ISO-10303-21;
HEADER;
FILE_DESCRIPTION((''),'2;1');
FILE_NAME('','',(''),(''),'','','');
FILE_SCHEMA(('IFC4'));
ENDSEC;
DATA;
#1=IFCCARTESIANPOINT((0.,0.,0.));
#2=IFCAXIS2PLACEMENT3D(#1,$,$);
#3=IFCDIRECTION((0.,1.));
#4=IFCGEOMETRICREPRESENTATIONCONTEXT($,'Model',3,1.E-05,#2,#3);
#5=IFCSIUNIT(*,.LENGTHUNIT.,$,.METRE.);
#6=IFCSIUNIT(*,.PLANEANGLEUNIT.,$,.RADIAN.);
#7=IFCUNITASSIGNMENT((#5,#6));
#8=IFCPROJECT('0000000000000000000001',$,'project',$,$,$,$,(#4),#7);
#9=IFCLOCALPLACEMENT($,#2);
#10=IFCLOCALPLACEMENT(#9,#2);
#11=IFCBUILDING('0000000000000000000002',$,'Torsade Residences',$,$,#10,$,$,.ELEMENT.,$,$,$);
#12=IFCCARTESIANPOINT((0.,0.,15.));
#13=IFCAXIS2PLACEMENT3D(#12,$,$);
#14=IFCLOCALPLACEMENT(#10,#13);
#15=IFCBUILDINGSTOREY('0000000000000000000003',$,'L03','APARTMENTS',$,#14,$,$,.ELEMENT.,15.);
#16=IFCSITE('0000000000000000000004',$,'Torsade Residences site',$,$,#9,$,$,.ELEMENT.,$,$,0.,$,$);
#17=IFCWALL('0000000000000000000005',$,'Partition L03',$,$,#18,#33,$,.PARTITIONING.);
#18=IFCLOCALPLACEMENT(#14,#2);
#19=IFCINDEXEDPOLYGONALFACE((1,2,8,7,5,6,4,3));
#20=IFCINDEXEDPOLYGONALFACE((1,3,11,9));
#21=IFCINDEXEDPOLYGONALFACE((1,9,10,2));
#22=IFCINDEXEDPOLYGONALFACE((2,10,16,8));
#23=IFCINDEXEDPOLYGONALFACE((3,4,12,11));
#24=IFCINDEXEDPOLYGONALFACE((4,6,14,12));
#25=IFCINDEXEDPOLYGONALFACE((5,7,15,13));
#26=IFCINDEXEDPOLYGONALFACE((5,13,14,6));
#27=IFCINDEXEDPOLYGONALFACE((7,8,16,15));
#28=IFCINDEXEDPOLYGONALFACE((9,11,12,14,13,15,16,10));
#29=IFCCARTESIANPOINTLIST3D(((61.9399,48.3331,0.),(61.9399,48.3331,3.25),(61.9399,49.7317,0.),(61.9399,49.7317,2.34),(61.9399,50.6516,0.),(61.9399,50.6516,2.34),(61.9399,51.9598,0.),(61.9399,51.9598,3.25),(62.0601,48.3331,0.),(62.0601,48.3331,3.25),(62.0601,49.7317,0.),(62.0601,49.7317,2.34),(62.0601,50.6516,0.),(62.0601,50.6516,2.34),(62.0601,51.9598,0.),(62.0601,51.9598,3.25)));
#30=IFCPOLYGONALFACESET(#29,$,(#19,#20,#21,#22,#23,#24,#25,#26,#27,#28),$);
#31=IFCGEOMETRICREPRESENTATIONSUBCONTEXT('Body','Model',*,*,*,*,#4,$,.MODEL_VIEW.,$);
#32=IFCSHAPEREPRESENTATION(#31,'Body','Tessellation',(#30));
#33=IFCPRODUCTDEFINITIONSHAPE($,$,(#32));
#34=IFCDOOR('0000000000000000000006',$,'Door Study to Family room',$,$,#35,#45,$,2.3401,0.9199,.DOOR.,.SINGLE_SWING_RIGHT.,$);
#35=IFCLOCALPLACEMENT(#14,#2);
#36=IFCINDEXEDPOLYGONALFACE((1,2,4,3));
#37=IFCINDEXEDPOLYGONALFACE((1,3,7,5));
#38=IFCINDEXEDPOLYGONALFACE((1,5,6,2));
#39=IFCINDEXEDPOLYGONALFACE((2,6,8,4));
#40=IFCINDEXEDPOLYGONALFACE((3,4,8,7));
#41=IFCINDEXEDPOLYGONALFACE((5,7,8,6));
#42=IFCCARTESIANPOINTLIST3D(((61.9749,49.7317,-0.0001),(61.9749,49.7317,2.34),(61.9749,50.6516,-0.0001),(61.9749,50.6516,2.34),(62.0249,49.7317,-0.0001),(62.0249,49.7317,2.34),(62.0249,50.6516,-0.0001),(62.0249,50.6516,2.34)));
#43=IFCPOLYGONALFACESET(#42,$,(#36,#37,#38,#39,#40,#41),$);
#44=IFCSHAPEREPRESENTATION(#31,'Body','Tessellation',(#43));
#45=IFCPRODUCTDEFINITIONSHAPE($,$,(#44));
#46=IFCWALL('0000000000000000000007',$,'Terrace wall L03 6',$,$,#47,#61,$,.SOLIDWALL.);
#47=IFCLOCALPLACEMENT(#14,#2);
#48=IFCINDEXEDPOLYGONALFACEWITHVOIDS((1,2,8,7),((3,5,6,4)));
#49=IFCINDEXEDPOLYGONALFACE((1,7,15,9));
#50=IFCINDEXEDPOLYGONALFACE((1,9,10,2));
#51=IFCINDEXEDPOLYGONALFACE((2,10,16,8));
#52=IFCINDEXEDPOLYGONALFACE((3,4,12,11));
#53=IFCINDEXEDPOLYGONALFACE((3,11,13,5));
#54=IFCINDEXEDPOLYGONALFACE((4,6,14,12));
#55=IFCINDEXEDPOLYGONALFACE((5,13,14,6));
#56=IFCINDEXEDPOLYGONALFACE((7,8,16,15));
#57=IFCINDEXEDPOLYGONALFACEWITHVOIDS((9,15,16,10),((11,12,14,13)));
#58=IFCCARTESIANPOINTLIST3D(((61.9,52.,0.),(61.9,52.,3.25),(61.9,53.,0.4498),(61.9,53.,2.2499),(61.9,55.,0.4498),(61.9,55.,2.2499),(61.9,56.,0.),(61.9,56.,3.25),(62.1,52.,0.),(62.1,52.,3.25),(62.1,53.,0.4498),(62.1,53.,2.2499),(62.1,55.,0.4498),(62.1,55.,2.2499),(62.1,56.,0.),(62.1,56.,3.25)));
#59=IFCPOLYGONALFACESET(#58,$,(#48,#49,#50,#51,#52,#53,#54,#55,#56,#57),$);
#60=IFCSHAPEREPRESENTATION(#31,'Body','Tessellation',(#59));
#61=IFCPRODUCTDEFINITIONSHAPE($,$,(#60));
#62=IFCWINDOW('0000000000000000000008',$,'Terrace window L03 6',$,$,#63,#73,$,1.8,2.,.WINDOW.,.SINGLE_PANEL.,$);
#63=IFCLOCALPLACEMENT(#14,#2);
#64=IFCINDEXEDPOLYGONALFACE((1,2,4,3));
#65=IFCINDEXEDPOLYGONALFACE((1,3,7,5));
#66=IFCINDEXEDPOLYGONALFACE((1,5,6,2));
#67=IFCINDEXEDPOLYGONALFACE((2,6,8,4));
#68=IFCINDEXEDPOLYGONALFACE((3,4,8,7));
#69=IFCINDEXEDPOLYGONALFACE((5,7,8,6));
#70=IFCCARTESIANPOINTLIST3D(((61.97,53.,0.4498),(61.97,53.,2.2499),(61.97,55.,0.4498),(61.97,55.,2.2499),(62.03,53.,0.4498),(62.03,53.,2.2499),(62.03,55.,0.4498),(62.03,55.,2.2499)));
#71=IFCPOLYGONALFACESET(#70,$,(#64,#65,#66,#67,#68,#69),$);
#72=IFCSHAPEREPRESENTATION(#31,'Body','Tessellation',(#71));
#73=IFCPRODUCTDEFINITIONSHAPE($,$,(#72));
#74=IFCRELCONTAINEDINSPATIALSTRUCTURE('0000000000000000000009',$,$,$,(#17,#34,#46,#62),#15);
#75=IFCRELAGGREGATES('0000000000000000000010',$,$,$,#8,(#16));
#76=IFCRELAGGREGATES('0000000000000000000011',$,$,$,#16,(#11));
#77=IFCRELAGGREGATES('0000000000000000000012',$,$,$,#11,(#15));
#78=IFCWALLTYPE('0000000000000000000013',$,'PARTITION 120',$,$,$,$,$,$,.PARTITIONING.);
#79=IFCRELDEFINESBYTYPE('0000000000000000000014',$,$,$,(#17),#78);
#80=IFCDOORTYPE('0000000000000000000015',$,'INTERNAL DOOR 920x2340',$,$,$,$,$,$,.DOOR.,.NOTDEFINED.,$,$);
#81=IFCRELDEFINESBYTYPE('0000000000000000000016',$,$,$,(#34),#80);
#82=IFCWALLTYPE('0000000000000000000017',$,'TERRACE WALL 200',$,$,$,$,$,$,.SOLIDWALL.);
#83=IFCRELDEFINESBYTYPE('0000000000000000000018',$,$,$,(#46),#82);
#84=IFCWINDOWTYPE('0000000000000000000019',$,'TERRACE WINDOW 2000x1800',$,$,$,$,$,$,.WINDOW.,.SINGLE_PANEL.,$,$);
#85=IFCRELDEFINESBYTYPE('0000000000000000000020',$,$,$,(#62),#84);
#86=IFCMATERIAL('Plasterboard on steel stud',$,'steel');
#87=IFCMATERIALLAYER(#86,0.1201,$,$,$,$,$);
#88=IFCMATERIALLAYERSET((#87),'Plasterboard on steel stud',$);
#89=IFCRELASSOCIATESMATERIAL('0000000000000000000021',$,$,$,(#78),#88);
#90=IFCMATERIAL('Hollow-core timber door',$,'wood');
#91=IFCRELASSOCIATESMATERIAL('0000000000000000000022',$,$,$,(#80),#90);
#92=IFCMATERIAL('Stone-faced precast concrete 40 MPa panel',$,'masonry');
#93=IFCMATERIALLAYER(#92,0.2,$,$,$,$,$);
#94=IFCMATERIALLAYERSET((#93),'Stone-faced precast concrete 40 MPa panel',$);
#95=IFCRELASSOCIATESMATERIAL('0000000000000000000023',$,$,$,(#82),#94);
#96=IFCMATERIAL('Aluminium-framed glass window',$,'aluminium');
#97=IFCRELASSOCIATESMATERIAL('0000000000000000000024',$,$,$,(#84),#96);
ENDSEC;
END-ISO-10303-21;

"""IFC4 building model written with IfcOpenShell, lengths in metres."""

from ifc_helpers import new_model, si_unit, direction, frame, frame_2d, origin, place, context, subcontext, project, spatial, rectangle, extrude, material, layer, layer_set, type_object, element, fill, save


model = new_model("IFC4")

# Units and contexts
model_context = context("Model", 3, precision=1e-05, world=origin(), true_north=direction((0.0, 1.0)))
body_context = subcontext(model_context, "Body", "Model", "MODEL_VIEW")
ifc_project = project(units=[si_unit("LENGTHUNIT", "METRE"), si_unit("PLANEANGLEUNIT", "RADIAN")], contexts=[model_context])

# Site, building, storey
site_placement = place(None, origin())
site = spatial("IfcSite", under=ifc_project, at=site_placement, Name="Torsade Residences site", CompositionType="ELEMENT", RefElevation=0.0)
building_placement = place(site_placement, origin())
building = spatial("IfcBuilding", under=site, at=building_placement, Name="Torsade Residences", CompositionType="ELEMENT")
storey_placement = place(building_placement, frame((0.0, 0.0, 15.0)))
storey = spatial("IfcBuildingStorey", under=building, at=storey_placement, Name="L03", Description="APARTMENTS", CompositionType="ELEMENT", Elevation=15.0)

# Shared definitions
ifc_material_1 = material(Name="Plasterboard on steel stud", Category="steel")
ifc_layer_1 = layer(ifc_material_1, 0.1201)
ifc_layer_set_1 = layer_set([ifc_layer_1], Name="Plasterboard on steel stud")
wall_type_1 = type_object("IfcWallType", Name="PARTITION 120", PredefinedType="PARTITIONING", material=ifc_layer_set_1)

# Shared definitions
ifc_material_2 = material(Name="Hollow-core timber door", Category="wood")
door_type_1 = type_object("IfcDoorType", Name="INTERNAL DOOR 920x2340", OperationType="NOTDEFINED", PredefinedType="DOOR", material=ifc_material_2)

# Wall, opening, door
wall_1_placement = place(storey_placement, frame((62.0, 51.96, 0.0), z_axis=(0.0, 0.0, 1.0), x_axis=(0.0, -1.0, 0.0)))
wall_1 = element("IfcWall", 1, at=wall_1_placement, inside=storey, type_object=wall_type_1, Name="Partition L03", PredefinedType="PARTITIONING", context=body_context, shape_type="SweptSolid", body=[
    extrude(rectangle(XDim=3.6267, YDim=0.1201, at=frame_2d((1.8135, 0.0))), origin(), (0.0, 0.0, 1.0), 3.25),
])
opening_1_placement = place(wall_1_placement, frame((1.3083, 0.0, 0.0)))
opening_1 = element("IfcOpeningElement", 2, at=opening_1_placement, cuts=wall_1, PredefinedType="OPENING", context=body_context, shape_type="SweptSolid", body=[
    extrude(rectangle(XDim=0.9199, YDim=2.3401, at=frame_2d((0.46, 1.1699))), frame((0.0, 0.0701, 0.0), z_axis=(0.0, -1.0, 0.0), x_axis=(1.0, 0.0, 0.0)), (0.0, 0.0, 1.0), 0.1401),
])
door_1_placement = place(opening_1_placement, origin())
door_1 = element("IfcDoor", 3, at=door_1_placement, inside=storey, type_object=door_type_1, Name="Door Study to Family room", OperationType="SINGLE_SWING_RIGHT", OverallHeight=2.3401, OverallWidth=0.9199, PredefinedType="DOOR", context=body_context, shape_type="SweptSolid", body=[
    extrude(rectangle(XDim=0.9199, YDim=2.3401, at=frame_2d((0.46, 1.1699))), frame((0.0, 0.0249, 0.0), z_axis=(0.0, -1.0, 0.0), x_axis=(1.0, 0.0, 0.0)), (0.0, 0.0, 1.0), 0.05),
])
fill(opening_1, door_1)

# Wall, opening, window
ifc_material_3 = material(Name="Stone-faced precast concrete 40 MPa panel", Category="masonry")
ifc_layer_2 = layer(ifc_material_3, 0.2)
ifc_layer_set_2 = layer_set([ifc_layer_2], Name="Stone-faced precast concrete 40 MPa panel")
wall_type_2 = type_object("IfcWallType", Name="TERRACE WALL 200", PredefinedType="SOLIDWALL", material=ifc_layer_set_2)
wall_2_placement = place(storey_placement, frame((62.0, 52.0, 0.0), z_axis=(0.0, 0.0, 1.0), x_axis=(0.0, 1.0, 0.0)))
wall_2 = element("IfcWall", 4, at=wall_2_placement, inside=storey, type_object=wall_type_2, Name="Terrace wall L03 6", PredefinedType="SOLIDWALL", context=body_context, shape_type="SweptSolid", body=[
    extrude(rectangle(XDim=4.0, YDim=0.2, at=frame_2d((2.0, 0.0))), origin(), (0.0, 0.0, 1.0), 3.25),
])
opening_2_placement = place(wall_2_placement, frame((1.0, 0.0, 0.45)))
opening_2 = element("IfcOpeningElement", 5, at=opening_2_placement, cuts=wall_2, PredefinedType="OPENING", context=body_context, shape_type="SweptSolid", body=[
    extrude(rectangle(XDim=2.0, YDim=1.8, at=frame_2d((1.0, 0.8999))), frame((0.0, 0.1099, 0.0), z_axis=(0.0, -1.0, 0.0), x_axis=(1.0, 0.0, 0.0)), (0.0, 0.0, 1.0), 0.22),
])
ifc_material_4 = material(Name="Aluminium-framed glass window", Category="aluminium")
window_type = type_object("IfcWindowType", Name="TERRACE WINDOW 2000x1800", PartitioningType="SINGLE_PANEL", PredefinedType="WINDOW", material=ifc_material_4)
window_placement = place(opening_2_placement, origin())
window = element("IfcWindow", 6, at=window_placement, inside=storey, type_object=window_type, Name="Terrace window L03 6", OverallHeight=1.8, OverallWidth=2.0, PartitioningType="SINGLE_PANEL", PredefinedType="WINDOW", context=body_context, shape_type="SweptSolid", body=[
    extrude(rectangle(XDim=2.0, YDim=1.8, at=frame_2d((1.0, 0.8999))), frame((0.0, 0.03, 0.0), z_axis=(0.0, -1.0, 0.0), x_axis=(1.0, 0.0, 0.0)), (0.0, 0.0, 1.0), 0.0601),
])
fill(opening_2, window)

save(model, "model.ifc")
